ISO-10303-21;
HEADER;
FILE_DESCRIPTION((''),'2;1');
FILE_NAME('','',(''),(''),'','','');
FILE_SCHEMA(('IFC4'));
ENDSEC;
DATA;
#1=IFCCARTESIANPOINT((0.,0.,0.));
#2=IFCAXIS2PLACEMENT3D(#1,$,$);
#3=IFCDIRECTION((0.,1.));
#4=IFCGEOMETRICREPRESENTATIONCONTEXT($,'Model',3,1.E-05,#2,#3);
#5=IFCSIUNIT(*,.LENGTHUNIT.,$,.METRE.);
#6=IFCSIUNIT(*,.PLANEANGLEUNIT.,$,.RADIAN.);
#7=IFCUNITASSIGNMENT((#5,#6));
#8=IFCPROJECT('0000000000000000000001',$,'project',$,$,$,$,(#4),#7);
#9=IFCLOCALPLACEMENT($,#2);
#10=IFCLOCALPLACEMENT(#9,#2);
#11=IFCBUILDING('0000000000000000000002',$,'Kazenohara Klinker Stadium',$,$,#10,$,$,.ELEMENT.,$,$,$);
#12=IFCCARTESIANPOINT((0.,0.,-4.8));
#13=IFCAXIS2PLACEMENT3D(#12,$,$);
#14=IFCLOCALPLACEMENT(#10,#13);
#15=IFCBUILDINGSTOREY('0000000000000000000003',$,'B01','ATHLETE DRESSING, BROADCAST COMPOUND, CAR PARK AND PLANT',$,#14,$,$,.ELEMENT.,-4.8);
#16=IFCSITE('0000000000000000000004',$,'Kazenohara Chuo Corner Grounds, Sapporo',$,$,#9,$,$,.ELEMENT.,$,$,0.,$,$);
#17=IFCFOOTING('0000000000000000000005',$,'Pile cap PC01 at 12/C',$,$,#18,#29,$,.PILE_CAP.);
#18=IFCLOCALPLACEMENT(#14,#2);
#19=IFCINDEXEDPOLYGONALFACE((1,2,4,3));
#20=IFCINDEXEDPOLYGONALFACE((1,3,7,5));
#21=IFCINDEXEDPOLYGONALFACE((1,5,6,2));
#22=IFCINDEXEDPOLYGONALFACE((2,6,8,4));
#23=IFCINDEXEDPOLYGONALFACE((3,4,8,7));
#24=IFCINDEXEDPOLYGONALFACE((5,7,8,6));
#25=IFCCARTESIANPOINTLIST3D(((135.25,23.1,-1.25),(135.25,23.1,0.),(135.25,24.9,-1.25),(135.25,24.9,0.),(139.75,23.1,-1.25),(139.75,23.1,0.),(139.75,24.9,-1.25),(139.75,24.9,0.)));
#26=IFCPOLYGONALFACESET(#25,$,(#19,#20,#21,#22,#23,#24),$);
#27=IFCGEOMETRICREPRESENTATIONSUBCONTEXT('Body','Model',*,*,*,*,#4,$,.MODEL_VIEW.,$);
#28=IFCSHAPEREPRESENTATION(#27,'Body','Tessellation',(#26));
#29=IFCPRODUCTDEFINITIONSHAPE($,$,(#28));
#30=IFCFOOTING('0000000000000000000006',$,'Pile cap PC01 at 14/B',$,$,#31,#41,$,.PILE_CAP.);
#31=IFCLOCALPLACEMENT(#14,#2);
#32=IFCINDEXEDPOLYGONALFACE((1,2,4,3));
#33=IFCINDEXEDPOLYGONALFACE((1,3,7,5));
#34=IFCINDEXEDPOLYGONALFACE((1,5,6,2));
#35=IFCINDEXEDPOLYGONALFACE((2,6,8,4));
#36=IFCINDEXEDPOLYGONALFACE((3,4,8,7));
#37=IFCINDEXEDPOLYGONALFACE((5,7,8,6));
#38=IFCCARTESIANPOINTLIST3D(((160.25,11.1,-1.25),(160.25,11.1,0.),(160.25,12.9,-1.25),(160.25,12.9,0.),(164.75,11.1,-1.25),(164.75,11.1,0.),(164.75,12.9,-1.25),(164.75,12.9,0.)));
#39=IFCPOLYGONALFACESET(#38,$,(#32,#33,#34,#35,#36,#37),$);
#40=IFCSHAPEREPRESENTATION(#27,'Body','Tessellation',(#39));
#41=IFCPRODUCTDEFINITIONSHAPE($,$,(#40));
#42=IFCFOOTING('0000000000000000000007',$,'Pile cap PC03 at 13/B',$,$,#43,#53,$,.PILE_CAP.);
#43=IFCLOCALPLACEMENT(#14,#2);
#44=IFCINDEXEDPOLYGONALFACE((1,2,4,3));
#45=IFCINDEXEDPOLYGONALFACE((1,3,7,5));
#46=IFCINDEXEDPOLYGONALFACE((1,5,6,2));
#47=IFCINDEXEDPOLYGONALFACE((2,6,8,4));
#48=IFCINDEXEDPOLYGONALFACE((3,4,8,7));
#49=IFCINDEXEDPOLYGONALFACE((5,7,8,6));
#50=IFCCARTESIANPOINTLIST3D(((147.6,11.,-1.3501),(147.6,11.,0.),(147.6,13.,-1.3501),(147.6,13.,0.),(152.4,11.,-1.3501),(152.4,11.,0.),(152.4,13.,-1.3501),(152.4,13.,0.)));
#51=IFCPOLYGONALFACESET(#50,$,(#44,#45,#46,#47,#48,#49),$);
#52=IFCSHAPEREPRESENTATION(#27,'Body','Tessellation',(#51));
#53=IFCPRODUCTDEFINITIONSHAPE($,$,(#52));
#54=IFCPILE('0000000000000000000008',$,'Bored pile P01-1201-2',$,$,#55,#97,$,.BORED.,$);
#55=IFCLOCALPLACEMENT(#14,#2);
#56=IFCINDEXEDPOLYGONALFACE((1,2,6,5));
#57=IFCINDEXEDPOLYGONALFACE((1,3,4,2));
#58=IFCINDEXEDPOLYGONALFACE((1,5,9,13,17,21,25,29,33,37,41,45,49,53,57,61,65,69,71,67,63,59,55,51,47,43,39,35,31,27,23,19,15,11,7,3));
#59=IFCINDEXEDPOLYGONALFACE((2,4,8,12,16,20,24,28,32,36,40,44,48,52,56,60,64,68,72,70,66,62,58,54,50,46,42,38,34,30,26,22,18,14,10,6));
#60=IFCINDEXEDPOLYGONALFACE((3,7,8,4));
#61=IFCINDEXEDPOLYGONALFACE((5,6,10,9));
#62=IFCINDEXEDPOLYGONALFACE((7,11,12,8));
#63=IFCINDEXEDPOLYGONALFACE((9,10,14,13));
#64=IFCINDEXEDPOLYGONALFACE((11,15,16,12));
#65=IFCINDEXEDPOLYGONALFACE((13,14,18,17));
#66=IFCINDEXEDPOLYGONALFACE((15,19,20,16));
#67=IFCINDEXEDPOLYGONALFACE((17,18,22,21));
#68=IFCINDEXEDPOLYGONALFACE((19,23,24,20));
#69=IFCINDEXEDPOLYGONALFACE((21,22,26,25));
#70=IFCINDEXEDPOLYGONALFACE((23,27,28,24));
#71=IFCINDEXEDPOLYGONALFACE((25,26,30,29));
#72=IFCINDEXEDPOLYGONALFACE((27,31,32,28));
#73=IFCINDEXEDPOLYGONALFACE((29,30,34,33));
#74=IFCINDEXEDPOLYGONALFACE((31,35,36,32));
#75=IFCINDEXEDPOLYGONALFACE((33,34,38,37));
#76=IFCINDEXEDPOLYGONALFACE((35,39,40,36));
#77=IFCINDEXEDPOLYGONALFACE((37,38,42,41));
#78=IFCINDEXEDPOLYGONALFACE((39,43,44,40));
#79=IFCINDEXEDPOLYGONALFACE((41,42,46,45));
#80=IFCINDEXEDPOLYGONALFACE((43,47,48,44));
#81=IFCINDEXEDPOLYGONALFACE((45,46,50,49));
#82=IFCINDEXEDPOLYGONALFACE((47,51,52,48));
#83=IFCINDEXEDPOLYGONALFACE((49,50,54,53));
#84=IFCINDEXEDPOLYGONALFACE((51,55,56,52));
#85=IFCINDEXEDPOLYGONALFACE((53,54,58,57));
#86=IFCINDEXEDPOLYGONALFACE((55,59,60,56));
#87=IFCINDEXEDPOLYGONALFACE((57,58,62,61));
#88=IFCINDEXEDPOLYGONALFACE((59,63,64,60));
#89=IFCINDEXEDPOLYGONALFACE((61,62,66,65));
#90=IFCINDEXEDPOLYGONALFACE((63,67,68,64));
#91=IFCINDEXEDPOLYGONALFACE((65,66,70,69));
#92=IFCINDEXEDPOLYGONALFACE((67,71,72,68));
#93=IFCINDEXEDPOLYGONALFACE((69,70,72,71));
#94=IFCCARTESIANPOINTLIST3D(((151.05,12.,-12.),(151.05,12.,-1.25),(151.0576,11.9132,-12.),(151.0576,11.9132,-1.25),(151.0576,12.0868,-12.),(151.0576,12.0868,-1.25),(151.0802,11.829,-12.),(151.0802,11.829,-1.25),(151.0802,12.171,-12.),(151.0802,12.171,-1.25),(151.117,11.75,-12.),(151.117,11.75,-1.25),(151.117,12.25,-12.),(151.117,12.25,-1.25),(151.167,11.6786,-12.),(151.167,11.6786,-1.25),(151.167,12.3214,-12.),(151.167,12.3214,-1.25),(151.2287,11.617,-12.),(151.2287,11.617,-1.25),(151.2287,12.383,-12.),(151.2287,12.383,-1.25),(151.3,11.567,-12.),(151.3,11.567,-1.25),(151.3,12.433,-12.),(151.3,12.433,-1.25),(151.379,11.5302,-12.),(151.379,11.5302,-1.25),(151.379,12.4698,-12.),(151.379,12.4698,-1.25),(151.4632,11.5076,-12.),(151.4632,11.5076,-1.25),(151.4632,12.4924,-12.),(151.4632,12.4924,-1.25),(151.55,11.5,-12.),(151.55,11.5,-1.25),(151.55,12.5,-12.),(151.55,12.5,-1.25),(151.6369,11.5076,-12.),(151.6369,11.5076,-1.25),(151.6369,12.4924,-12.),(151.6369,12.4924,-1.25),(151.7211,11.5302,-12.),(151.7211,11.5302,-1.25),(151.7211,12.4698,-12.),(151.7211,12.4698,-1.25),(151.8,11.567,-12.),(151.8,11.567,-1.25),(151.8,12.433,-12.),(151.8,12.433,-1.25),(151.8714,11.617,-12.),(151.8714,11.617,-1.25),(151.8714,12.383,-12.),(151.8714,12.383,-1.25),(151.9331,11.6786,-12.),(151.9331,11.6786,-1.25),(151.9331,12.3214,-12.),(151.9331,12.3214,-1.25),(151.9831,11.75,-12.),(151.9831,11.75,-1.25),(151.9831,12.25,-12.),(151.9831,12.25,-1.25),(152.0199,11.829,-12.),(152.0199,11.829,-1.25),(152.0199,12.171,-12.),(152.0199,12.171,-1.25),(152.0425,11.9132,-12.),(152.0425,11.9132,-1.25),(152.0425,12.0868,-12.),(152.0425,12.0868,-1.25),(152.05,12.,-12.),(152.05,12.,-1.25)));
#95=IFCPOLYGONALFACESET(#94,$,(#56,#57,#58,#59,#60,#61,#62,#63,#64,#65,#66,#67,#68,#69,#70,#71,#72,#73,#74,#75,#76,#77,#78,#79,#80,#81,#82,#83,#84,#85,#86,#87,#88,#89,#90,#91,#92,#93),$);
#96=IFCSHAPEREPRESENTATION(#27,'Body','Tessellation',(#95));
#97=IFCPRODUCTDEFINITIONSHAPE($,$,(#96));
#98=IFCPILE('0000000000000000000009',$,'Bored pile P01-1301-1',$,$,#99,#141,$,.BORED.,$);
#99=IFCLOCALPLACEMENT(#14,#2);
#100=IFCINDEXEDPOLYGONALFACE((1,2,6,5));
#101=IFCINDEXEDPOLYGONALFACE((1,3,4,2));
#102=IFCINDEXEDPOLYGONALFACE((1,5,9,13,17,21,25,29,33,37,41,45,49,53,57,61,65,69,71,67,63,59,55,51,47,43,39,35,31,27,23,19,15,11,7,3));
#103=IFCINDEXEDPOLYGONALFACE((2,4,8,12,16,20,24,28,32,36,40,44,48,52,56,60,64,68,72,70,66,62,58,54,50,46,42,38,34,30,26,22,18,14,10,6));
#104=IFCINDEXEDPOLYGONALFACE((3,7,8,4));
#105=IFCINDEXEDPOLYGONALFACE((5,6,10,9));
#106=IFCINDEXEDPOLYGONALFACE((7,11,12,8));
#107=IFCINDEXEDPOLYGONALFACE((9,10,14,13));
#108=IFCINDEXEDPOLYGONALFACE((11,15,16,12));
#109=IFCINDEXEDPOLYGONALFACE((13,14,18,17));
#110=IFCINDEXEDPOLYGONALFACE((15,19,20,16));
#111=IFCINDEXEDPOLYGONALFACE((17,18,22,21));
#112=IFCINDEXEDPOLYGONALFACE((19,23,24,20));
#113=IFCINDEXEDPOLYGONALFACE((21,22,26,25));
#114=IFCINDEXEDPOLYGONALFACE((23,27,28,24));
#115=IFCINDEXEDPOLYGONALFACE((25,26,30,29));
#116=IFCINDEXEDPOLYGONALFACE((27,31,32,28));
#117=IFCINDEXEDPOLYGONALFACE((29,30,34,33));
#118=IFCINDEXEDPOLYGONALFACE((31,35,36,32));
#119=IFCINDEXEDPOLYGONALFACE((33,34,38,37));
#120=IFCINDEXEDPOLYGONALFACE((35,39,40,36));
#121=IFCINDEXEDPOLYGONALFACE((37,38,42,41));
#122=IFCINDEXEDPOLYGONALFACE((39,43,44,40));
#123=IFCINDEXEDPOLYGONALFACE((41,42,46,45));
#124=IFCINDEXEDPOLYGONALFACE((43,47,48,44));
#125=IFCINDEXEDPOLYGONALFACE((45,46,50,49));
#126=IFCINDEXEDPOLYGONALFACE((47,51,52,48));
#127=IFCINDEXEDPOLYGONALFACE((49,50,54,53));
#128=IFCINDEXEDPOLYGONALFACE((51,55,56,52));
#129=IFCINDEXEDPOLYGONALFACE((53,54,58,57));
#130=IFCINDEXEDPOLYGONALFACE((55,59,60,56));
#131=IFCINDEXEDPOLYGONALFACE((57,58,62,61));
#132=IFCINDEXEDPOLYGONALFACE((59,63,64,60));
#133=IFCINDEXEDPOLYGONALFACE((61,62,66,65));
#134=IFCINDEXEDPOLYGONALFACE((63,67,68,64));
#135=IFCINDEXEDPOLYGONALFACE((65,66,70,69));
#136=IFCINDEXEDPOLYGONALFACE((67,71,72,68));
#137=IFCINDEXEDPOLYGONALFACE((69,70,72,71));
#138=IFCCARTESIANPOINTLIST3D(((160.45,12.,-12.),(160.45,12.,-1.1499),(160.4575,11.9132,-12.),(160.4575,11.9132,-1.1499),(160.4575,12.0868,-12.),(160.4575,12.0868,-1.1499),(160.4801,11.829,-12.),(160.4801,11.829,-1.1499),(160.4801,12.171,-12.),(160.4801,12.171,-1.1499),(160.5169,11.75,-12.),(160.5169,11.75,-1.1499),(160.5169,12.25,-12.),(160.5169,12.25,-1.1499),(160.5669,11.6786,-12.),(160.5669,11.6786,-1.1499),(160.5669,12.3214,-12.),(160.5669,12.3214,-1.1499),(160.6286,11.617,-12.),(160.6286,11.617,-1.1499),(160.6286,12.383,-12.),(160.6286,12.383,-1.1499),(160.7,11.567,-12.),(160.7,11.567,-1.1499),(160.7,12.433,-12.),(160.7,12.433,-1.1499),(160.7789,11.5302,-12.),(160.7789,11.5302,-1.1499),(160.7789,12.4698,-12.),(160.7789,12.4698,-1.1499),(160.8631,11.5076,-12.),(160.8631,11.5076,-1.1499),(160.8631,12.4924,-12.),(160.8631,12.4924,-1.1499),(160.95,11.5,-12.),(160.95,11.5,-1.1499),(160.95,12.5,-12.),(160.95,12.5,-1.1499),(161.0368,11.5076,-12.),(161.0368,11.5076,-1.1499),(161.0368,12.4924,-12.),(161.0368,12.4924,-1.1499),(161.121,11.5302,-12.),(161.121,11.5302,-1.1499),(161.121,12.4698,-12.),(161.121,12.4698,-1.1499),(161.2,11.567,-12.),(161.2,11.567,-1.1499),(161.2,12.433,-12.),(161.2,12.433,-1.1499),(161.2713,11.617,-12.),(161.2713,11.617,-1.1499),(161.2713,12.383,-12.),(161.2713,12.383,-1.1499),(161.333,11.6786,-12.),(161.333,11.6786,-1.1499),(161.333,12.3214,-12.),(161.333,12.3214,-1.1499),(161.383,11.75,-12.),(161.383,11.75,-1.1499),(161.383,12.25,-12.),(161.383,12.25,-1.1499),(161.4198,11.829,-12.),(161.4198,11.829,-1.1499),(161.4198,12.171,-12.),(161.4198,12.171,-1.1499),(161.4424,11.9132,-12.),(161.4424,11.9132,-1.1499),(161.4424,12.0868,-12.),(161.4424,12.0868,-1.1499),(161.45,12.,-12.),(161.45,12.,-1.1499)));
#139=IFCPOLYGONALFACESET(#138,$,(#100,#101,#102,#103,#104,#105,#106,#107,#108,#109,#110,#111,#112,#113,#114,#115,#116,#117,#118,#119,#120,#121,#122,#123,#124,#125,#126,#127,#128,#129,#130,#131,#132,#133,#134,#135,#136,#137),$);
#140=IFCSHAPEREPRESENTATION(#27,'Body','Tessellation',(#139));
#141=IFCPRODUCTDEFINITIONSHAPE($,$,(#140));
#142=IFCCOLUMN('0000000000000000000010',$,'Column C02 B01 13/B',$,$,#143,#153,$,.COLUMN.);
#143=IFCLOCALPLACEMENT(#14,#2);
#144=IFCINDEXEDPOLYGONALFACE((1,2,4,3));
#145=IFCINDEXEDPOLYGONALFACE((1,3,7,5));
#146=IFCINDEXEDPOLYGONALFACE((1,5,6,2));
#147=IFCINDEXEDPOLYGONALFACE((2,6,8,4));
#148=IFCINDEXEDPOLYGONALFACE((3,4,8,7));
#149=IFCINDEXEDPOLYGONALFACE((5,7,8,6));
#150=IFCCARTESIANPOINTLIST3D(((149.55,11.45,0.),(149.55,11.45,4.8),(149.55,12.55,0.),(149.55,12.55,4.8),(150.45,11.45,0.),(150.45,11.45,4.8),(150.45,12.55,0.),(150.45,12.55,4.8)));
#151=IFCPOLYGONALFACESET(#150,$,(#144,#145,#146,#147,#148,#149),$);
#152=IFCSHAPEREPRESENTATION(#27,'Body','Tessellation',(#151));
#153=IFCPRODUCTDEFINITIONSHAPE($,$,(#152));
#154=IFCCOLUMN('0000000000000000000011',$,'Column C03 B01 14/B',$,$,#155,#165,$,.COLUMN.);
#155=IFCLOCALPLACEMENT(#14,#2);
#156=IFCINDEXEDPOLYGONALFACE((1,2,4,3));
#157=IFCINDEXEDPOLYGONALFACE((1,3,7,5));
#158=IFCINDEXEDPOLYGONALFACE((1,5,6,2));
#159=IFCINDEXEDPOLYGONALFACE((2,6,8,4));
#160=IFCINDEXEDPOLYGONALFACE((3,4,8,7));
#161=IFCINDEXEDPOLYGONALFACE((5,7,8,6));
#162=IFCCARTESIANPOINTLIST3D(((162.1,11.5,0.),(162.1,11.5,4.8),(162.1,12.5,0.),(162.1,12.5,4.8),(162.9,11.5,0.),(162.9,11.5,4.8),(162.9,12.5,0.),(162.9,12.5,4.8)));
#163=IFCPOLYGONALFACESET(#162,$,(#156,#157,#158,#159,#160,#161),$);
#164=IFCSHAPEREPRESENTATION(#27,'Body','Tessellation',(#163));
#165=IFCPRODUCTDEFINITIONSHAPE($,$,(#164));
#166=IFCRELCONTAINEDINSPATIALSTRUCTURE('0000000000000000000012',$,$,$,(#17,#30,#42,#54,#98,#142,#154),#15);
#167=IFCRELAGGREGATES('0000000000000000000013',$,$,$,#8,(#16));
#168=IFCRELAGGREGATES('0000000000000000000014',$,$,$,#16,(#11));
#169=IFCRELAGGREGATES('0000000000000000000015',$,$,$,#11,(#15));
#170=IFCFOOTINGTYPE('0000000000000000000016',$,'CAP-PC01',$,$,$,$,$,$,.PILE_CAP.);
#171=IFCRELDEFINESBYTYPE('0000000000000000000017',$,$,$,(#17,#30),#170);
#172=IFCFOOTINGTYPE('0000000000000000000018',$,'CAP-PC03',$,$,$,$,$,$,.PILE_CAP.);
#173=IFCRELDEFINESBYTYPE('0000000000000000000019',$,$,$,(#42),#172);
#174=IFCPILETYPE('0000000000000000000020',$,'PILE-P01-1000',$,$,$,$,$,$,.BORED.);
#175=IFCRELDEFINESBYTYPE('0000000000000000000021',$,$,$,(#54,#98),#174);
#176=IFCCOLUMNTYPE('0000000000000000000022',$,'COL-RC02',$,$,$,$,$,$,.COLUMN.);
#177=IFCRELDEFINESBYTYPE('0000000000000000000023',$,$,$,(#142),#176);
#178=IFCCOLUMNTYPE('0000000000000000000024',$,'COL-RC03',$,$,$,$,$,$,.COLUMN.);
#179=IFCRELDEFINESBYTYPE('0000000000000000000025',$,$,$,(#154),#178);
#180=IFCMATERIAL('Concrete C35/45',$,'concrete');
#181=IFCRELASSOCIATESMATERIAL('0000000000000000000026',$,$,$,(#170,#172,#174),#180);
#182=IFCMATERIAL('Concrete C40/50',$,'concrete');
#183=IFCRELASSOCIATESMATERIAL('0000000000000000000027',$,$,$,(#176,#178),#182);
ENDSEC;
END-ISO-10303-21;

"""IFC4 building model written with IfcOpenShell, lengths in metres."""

from ifc_helpers import new_model, si_unit, direction, frame, origin, origin_2d, place, context, subcontext, project, spatial, rectangle, circle, extrude, material, material_profile, profile_set, type_object, element, save


model = new_model("IFC4")

# Units and contexts
model_context = context("Model", 3, precision=1e-05, world=origin(), true_north=direction((0.0, 1.0)))
body_context = subcontext(model_context, "Body", "Model", "MODEL_VIEW")
ifc_project = project(units=[si_unit("LENGTHUNIT", "METRE"), si_unit("PLANEANGLEUNIT", "RADIAN")], contexts=[model_context])

# Site, building, storey
site_placement = place(None, origin())
site = spatial("IfcSite", under=ifc_project, at=site_placement, Name="Kazenohara Chuo Corner Grounds, Sapporo", CompositionType="ELEMENT", RefElevation=0.0)
building_placement = place(site_placement, origin())
building = spatial("IfcBuilding", under=site, at=building_placement, Name="Kazenohara Klinker Stadium", CompositionType="ELEMENT")
storey_placement = place(building_placement, frame((0.0, 0.0, -4.8)))
storey = spatial("IfcBuildingStorey", under=building, at=storey_placement, Name="B01", Description="ATHLETE DRESSING, BROADCAST COMPOUND, CAR PARK AND PLANT", CompositionType="ELEMENT", Elevation=-4.8)

# Footings
ifc_material_1 = material(Name="Concrete C35/45", Category="concrete")
footing_type_1 = type_object("IfcFootingType", Name="CAP-PC01", PredefinedType="PILE_CAP", material=ifc_material_1)
for number, where, z_axis, x_axis, name in (
    (1, (137.5, 24.0, -1.25), (0.0, 0.0, 1.0), (1.0, 0.0, 0.0), "Pile cap PC01 at 12/C"),
    (2, (162.5, 12.0, -1.25), (0.0, 0.0, 1.0), (1.0, 0.0, 0.0), "Pile cap PC01 at 14/B"),
):
    element("IfcFooting", number, at=place(storey_placement, frame(where, z_axis=z_axis, x_axis=x_axis)), inside=storey, type_object=footing_type_1, Name=name, PredefinedType="PILE_CAP", context=body_context, shape_type="SweptSolid", body=[
        extrude(rectangle(XDim=4.5, YDim=1.8, at=origin_2d()), origin(), (0.0, 0.0, 1.0), 1.25),
    ])
footing_type_2 = type_object("IfcFootingType", Name="CAP-PC03", PredefinedType="PILE_CAP", material=ifc_material_1)
footing_placement = place(storey_placement, frame((150.0, 12.0, -1.3501), z_axis=(0.0, 0.0, 1.0), x_axis=(1.0, 0.0, 0.0)))
element("IfcFooting", 3, at=footing_placement, inside=storey, type_object=footing_type_2, Name="Pile cap PC03 at 13/B", PredefinedType="PILE_CAP", context=body_context, shape_type="SweptSolid", body=[
    extrude(rectangle(XDim=4.8, YDim=2.0, at=origin_2d()), origin(), (0.0, 0.0, 1.0), 1.3501),
])

# Piles
ifc_material_profile_1 = material_profile(ifc_material_1, circle(Radius=0.5, at=origin_2d()), Name="BORED-PILE-1000")
ifc_profile_set_1 = profile_set([ifc_material_profile_1], Name="Concrete C35/45")
pile_type = type_object("IfcPileType", Name="PILE-P01-1000", PredefinedType="BORED", material=ifc_profile_set_1)
pile_1_placement = place(storey_placement, frame((151.55, 12.0, -1.25), z_axis=(0.0, 0.0, -1.0), x_axis=(1.0, 0.0, 0.0)))
element("IfcPile", 4, at=pile_1_placement, inside=storey, type_object=pile_type, Name="Bored pile P01-1201-2", PredefinedType="BORED", context=body_context, shape_type="SweptSolid", body=[
    extrude(circle(Radius=0.5, at=origin_2d()), origin(), (0.0, 0.0, 1.0), 10.75),
])
pile_2_placement = place(storey_placement, frame((160.95, 12.0, -1.1499), z_axis=(0.0, 0.0, -1.0), x_axis=(1.0, 0.0, 0.0)))
element("IfcPile", 5, at=pile_2_placement, inside=storey, type_object=pile_type, Name="Bored pile P01-1301-1", PredefinedType="BORED", context=body_context, shape_type="SweptSolid", body=[
    extrude(circle(Radius=0.5, at=origin_2d()), origin(), (0.0, 0.0, 1.0), 10.8501),
])

# Columns
ifc_material_2 = material(Name="Concrete C40/50", Category="concrete")
ifc_material_profile_2 = material_profile(ifc_material_2, rectangle(XDim=0.8999, YDim=1.1001, at=origin_2d()), Name="RC-COL-1100x900")
ifc_profile_set_2 = profile_set([ifc_material_profile_2], Name="Concrete C40/50")
column_type_1 = type_object("IfcColumnType", Name="COL-RC02", PredefinedType="COLUMN", material=ifc_profile_set_2)
column_1_placement = place(storey_placement, frame((150.0, 12.0, 0.0), z_axis=(0.0, 0.0, 1.0), x_axis=(1.0, 0.0, 0.0)))
element("IfcColumn", 6, at=column_1_placement, inside=storey, type_object=column_type_1, Name="Column C02 B01 13/B", PredefinedType="COLUMN", context=body_context, shape_type="SweptSolid", body=[
    extrude(rectangle(XDim=0.8999, YDim=1.1001, at=origin_2d()), origin(), (0.0, 0.0, 1.0), 4.8),
])
ifc_material_profile_3 = material_profile(ifc_material_2, rectangle(XDim=0.8, YDim=1.0, at=origin_2d()), Name="RC-COL-1000x800")
ifc_profile_set_3 = profile_set([ifc_material_profile_3], Name="Concrete C40/50")
column_type_2 = type_object("IfcColumnType", Name="COL-RC03", PredefinedType="COLUMN", material=ifc_profile_set_3)
column_2_placement = place(storey_placement, frame((162.5, 12.0, 0.0), z_axis=(0.0, 0.0, 1.0), x_axis=(1.0, 0.0, 0.0)))
element("IfcColumn", 7, at=column_2_placement, inside=storey, type_object=column_type_2, Name="Column C03 B01 14/B", PredefinedType="COLUMN", context=body_context, shape_type="SweptSolid", body=[
    extrude(rectangle(XDim=0.8, YDim=1.0, at=origin_2d()), origin(), (0.0, 0.0, 1.0), 4.8),
])

save(model, "model.ifc")
